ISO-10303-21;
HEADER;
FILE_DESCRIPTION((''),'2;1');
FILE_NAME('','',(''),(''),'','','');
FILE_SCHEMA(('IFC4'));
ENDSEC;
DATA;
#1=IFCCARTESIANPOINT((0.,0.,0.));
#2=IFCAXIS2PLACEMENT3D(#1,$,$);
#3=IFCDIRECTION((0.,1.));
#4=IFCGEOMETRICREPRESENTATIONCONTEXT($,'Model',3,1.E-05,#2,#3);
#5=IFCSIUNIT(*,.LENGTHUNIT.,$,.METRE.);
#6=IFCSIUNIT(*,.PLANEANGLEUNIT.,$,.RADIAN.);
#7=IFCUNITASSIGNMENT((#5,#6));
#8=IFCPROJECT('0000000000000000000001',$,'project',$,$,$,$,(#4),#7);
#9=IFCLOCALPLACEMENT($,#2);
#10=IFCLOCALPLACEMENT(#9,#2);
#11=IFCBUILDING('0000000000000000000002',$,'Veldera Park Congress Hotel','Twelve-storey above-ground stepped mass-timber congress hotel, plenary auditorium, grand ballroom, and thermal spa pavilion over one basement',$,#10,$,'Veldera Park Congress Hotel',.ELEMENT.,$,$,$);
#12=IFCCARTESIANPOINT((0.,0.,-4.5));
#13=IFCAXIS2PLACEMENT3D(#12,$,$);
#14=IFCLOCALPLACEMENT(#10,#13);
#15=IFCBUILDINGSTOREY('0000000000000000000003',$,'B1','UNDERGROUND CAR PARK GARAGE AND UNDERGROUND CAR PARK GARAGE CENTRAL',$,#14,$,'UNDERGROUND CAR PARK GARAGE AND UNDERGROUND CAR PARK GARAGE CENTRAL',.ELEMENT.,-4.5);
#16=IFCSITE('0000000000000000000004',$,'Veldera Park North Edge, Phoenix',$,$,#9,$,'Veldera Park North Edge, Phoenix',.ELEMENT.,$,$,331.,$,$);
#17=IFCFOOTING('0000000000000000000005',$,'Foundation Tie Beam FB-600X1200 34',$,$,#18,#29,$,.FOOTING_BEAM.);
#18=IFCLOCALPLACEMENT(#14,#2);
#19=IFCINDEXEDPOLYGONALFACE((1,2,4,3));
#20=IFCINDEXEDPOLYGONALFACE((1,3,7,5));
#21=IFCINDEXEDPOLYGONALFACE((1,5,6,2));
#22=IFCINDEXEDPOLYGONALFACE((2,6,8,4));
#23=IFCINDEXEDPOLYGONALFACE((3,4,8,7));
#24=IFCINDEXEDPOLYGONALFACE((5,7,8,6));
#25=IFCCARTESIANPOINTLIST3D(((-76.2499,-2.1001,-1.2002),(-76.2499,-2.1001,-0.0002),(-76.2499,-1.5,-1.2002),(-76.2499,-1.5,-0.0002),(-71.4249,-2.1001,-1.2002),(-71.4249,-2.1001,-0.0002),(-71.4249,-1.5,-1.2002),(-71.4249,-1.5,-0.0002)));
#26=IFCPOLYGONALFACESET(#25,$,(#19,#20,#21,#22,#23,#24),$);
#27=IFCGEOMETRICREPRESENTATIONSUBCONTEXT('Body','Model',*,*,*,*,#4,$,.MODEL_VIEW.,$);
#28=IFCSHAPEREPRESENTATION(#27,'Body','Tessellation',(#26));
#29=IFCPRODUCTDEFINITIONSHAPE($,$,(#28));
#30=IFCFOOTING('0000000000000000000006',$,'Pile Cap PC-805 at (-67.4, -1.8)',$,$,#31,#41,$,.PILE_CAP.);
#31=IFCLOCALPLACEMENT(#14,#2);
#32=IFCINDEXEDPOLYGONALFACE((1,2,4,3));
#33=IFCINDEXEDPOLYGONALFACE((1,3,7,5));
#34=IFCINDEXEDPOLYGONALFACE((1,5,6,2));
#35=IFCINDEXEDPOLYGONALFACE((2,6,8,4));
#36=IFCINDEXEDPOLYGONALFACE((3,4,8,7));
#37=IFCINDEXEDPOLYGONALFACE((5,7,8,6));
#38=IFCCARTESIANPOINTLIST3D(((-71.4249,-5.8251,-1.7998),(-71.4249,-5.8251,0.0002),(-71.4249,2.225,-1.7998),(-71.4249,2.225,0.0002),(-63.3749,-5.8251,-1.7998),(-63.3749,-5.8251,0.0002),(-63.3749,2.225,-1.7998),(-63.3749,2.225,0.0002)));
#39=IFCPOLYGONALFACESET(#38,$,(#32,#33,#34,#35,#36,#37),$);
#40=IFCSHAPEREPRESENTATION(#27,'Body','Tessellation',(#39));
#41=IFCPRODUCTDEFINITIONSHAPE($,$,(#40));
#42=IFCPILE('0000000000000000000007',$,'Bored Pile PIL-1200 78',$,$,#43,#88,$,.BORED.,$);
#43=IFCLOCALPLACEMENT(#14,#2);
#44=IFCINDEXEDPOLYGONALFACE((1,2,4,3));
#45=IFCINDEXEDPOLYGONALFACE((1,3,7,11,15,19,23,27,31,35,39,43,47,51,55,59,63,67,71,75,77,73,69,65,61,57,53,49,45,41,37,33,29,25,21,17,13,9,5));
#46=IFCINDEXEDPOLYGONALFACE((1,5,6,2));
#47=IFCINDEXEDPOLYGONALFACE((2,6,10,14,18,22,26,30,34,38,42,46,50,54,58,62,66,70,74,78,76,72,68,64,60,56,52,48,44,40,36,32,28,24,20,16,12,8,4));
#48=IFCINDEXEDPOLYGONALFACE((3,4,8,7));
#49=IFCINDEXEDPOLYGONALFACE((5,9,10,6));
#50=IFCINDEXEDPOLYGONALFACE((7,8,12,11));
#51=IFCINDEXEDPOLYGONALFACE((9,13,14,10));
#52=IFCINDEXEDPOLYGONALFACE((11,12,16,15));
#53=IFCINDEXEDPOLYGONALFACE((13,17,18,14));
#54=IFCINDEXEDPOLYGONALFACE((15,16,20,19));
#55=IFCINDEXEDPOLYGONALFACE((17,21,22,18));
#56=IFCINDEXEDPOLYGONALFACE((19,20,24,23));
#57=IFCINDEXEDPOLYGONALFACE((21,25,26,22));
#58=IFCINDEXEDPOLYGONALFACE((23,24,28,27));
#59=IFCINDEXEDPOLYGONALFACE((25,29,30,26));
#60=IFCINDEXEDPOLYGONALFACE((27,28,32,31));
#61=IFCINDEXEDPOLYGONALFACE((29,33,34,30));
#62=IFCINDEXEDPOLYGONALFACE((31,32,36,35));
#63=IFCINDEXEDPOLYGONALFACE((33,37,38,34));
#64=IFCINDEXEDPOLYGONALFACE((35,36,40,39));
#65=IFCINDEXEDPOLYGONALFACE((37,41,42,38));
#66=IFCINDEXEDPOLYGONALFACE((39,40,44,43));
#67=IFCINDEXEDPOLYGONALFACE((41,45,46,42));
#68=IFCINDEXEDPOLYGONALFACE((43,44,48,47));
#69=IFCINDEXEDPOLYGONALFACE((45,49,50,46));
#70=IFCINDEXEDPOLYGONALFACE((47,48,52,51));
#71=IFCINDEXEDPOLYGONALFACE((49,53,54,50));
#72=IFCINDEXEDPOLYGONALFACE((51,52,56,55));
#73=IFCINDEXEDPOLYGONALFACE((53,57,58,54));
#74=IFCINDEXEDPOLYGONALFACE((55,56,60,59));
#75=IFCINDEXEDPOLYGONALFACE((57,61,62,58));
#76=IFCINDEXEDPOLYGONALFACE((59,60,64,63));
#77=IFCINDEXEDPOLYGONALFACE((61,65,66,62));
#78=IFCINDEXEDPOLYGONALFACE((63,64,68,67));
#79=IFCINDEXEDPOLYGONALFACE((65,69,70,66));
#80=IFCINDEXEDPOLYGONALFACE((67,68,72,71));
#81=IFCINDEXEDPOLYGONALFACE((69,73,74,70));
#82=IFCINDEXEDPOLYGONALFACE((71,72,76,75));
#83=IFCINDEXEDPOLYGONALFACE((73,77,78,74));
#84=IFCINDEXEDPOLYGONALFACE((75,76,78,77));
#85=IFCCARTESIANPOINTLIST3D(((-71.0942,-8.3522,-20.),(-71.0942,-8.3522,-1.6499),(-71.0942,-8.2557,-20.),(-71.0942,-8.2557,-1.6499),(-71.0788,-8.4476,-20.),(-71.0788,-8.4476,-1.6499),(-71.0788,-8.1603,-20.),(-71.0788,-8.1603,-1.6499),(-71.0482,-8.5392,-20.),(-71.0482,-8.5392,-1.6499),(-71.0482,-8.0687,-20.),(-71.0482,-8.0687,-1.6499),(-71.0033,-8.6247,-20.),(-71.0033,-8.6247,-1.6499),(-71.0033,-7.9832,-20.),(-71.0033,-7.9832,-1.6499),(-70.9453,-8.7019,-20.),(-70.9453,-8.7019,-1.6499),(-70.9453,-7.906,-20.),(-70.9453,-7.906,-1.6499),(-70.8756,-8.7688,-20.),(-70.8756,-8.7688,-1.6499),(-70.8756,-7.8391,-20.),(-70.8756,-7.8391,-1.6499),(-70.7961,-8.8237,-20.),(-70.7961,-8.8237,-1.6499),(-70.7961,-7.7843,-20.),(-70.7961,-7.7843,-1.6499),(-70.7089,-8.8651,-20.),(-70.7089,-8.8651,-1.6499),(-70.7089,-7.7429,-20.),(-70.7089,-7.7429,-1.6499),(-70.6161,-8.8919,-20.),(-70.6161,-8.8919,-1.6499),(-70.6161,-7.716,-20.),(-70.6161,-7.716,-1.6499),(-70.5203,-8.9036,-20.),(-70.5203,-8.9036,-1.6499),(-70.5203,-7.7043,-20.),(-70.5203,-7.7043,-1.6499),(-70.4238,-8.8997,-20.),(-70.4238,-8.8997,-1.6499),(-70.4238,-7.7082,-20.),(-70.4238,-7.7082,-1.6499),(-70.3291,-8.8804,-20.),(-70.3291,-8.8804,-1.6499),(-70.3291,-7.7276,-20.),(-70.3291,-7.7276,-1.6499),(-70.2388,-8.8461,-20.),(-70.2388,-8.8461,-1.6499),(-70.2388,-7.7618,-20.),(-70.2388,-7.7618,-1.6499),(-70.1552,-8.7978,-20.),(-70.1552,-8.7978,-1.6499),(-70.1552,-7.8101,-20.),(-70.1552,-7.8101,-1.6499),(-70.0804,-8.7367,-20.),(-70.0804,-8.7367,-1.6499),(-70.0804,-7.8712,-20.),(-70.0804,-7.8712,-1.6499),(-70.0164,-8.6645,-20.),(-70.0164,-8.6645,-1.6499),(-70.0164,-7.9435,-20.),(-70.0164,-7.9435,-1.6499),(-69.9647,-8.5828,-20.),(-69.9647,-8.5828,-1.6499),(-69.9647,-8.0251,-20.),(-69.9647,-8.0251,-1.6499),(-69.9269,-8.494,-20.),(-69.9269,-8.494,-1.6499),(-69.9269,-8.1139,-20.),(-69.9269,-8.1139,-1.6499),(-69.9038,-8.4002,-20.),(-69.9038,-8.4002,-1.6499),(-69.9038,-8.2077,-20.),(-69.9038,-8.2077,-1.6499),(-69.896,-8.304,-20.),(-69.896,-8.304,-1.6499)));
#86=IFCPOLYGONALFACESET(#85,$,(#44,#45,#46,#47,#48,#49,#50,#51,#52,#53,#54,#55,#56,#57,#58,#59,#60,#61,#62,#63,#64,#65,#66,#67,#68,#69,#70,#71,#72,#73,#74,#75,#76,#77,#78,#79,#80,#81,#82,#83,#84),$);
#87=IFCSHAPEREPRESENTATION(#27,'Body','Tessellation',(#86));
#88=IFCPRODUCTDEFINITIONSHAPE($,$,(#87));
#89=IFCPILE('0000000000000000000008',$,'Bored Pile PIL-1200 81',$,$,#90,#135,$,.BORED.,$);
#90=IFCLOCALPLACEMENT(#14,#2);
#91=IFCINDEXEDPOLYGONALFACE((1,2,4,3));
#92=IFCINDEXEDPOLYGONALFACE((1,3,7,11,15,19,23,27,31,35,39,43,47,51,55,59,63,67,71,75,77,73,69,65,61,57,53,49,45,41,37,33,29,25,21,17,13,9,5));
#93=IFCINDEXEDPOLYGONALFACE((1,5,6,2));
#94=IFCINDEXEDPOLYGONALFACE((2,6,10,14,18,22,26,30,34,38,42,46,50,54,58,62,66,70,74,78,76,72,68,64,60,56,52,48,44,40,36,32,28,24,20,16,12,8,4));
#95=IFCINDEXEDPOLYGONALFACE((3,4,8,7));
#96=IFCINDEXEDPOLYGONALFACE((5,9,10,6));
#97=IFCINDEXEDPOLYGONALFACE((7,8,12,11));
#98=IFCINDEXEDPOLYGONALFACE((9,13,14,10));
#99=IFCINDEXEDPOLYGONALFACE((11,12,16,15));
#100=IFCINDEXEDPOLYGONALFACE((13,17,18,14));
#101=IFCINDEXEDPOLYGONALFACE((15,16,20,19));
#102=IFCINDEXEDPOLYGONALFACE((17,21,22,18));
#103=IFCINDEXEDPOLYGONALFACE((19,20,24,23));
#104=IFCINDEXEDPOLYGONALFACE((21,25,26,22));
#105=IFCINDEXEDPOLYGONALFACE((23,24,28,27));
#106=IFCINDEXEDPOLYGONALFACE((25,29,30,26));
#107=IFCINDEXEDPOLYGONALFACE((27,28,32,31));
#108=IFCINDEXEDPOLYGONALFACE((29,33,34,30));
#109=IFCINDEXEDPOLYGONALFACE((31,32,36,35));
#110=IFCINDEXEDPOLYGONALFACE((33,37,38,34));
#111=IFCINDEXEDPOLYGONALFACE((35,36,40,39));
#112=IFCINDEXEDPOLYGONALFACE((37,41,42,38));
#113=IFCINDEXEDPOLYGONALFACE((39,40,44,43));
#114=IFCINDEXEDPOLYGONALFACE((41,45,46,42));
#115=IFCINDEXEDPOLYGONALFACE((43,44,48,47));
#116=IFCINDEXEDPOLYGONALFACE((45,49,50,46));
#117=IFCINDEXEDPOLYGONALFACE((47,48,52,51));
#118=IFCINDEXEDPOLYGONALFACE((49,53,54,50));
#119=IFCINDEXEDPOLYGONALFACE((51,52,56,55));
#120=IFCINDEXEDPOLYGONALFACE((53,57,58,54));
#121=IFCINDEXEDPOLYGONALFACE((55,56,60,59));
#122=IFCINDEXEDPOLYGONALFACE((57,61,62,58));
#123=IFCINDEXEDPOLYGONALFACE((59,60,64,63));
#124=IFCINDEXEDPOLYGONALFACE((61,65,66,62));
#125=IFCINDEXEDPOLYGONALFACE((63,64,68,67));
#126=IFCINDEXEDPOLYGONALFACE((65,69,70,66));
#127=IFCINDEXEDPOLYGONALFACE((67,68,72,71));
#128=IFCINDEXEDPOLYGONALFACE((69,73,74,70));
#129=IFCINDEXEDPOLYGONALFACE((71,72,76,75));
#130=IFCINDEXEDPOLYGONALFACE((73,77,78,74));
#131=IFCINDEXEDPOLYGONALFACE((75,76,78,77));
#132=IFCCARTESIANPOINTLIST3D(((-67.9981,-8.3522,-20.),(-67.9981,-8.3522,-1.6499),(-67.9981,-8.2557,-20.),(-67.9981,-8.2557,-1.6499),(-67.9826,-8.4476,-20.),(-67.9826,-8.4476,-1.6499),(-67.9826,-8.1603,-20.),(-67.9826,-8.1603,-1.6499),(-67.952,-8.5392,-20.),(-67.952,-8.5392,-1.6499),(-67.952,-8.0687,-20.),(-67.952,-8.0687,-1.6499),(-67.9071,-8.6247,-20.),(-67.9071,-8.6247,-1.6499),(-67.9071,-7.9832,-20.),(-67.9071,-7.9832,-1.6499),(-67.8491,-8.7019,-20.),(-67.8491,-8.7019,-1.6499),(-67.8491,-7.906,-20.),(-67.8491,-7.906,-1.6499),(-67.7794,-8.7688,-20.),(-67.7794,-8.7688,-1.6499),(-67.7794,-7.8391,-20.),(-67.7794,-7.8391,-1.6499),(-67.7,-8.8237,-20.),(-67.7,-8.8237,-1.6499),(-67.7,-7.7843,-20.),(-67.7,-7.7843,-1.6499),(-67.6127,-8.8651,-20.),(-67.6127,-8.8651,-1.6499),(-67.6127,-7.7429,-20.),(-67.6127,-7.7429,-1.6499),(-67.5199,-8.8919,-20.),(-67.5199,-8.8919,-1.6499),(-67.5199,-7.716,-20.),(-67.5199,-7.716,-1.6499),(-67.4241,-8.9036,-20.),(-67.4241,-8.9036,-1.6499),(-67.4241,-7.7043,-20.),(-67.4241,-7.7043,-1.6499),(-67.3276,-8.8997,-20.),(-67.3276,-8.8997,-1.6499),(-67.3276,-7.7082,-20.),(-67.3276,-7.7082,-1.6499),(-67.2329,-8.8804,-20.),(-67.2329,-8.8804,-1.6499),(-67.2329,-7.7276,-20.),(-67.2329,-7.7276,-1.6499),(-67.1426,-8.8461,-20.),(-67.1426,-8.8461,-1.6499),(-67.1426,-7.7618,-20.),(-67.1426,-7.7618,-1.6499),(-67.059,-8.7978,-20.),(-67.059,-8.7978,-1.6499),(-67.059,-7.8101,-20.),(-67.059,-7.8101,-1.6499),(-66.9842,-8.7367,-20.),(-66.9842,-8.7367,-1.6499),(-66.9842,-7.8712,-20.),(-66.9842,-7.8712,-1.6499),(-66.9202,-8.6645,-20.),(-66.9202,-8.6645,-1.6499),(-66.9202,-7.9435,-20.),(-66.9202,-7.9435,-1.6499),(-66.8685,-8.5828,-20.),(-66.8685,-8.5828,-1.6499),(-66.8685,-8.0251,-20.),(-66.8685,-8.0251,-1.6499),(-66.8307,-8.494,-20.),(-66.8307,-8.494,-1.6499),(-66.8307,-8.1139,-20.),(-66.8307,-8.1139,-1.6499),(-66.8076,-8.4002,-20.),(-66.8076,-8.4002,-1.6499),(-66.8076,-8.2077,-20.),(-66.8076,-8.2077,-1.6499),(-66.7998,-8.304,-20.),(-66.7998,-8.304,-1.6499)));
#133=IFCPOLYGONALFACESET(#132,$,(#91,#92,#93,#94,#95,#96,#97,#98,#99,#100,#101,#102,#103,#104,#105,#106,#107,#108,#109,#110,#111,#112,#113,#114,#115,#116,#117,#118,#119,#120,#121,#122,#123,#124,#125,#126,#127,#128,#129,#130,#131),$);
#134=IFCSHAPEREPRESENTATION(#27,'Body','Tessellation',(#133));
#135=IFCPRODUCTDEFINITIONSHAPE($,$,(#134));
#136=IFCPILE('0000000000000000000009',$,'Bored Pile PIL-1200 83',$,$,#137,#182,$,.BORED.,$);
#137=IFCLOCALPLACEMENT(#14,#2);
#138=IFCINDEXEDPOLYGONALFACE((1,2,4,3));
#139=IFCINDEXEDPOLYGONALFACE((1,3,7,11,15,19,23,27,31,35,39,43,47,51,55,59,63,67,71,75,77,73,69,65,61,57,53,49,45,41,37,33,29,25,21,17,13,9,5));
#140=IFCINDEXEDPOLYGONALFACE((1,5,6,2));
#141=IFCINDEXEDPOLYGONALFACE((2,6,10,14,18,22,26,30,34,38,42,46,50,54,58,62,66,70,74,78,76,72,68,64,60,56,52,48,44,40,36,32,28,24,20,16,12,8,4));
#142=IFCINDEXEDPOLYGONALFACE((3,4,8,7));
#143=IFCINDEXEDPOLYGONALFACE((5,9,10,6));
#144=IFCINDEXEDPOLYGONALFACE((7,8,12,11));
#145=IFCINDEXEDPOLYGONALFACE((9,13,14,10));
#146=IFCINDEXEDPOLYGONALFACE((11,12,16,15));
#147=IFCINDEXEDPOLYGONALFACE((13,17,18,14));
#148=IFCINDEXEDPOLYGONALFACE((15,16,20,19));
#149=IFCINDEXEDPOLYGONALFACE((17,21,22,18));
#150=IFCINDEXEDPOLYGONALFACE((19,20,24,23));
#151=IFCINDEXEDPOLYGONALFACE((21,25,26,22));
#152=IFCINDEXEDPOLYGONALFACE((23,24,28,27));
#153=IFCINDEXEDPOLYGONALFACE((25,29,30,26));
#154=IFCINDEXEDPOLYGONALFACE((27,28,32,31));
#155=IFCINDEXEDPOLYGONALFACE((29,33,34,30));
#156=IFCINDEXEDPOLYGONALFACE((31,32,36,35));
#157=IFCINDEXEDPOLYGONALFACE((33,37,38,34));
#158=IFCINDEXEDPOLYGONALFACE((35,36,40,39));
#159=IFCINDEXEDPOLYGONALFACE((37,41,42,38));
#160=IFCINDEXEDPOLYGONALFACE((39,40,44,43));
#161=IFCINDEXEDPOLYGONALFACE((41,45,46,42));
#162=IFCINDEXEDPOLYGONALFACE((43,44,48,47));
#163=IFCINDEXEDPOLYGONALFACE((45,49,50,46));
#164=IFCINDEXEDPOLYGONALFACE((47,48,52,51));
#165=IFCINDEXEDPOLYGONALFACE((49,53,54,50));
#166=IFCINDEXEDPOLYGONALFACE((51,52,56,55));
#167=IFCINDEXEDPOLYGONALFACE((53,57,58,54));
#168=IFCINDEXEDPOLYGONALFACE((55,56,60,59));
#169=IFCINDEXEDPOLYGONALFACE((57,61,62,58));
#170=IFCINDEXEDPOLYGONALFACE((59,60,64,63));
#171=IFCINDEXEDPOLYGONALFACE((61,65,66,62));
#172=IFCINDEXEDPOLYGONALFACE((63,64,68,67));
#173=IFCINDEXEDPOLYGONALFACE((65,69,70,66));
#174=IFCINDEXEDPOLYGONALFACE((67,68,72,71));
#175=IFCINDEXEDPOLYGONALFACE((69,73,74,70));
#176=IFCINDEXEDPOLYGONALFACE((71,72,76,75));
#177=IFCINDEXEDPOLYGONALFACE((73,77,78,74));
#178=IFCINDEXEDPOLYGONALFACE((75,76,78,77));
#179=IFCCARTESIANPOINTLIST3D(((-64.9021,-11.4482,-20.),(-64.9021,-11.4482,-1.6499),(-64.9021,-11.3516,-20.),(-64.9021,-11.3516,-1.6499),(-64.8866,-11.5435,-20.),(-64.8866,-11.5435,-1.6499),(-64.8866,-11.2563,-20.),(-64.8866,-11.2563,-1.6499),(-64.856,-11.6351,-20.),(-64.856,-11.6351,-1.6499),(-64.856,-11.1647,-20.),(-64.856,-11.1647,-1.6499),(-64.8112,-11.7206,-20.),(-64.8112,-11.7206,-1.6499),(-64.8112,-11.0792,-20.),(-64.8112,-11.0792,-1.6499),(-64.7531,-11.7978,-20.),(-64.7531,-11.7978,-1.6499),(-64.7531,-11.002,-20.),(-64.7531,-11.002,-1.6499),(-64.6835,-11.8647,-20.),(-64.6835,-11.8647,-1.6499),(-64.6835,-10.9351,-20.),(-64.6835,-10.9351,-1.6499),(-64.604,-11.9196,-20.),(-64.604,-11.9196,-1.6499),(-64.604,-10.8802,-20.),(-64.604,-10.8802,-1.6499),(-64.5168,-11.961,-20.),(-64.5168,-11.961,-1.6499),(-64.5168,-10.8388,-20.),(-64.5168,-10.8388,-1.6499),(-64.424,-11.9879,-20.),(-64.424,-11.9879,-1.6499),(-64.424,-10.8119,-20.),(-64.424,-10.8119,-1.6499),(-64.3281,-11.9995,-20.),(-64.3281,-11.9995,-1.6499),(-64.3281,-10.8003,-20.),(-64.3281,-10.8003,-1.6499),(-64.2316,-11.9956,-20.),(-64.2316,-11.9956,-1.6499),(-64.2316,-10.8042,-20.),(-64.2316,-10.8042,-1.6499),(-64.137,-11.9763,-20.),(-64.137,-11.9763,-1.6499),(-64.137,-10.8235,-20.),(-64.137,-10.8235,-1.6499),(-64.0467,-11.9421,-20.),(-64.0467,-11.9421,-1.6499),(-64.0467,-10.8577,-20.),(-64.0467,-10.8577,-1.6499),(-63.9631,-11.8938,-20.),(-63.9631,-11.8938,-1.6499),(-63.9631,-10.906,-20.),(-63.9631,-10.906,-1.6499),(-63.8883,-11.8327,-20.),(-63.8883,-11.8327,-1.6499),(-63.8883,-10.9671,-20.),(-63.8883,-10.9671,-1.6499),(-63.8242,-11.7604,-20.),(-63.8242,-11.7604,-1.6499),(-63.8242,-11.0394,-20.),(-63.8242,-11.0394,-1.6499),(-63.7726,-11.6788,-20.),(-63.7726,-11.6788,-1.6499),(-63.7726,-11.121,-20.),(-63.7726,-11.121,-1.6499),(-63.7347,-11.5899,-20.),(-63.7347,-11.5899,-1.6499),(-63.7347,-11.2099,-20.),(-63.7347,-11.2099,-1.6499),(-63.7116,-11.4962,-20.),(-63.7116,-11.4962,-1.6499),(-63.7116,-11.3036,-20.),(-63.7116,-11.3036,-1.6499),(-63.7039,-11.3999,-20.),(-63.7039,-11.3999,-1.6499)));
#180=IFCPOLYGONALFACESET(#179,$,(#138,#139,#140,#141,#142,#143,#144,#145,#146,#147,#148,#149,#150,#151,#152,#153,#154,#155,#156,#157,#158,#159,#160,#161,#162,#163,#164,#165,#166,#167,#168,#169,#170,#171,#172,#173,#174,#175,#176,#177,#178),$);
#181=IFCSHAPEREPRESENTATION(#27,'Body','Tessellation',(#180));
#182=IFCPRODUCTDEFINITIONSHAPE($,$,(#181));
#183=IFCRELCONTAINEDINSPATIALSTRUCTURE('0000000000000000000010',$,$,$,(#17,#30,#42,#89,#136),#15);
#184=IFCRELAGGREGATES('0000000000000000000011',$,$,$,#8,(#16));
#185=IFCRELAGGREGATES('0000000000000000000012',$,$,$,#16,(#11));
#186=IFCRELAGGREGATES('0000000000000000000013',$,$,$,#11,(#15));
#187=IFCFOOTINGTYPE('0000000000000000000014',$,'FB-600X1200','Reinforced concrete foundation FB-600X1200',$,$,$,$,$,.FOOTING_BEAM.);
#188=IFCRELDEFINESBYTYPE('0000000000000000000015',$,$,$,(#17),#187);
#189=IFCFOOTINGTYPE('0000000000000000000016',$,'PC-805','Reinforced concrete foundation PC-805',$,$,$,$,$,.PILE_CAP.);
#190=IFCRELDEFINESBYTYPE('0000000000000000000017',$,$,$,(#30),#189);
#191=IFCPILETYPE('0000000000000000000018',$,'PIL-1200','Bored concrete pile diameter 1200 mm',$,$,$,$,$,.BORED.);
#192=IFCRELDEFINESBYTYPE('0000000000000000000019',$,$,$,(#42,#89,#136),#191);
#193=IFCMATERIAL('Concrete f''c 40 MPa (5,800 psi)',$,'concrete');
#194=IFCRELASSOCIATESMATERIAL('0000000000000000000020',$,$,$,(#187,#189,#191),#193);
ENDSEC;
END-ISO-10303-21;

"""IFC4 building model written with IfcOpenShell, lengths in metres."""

from ifc_helpers import new_model, si_unit, direction, frame, origin, origin_2d, place, context, subcontext, project, spatial, rectangle, circle, extrude, material, material_profile, profile_set, type_object, element, save


model = new_model("IFC4")

# Units and contexts
model_context = context("Model", 3, precision=1e-05, world=origin(), true_north=direction((0.0, 1.0)))
body_context = subcontext(model_context, "Body", "Model", "MODEL_VIEW")
ifc_project = project(units=[si_unit("LENGTHUNIT", "METRE"), si_unit("PLANEANGLEUNIT", "RADIAN")], contexts=[model_context])

# Site, building, storey
site_placement = place(None, origin())
site = spatial("IfcSite", under=ifc_project, at=site_placement, Name="Veldera Park North Edge, Phoenix", LongName="Veldera Park North Edge, Phoenix", CompositionType="ELEMENT", RefElevation=331.0)
building_placement = place(site_placement, origin())
building = spatial("IfcBuilding", under=site, at=building_placement, Name="Veldera Park Congress Hotel", Description="Twelve-storey above-ground stepped mass-timber congress hotel, plenary auditorium, grand ballroom, and thermal spa pavilion over one basement", LongName="Veldera Park Congress Hotel", CompositionType="ELEMENT")
storey_placement = place(building_placement, frame((0.0, 0.0, -4.5)))
storey = spatial("IfcBuildingStorey", under=building, at=storey_placement, Name="B1", Description="UNDERGROUND CAR PARK GARAGE AND UNDERGROUND CAR PARK GARAGE CENTRAL", LongName="UNDERGROUND CAR PARK GARAGE AND UNDERGROUND CAR PARK GARAGE CENTRAL", CompositionType="ELEMENT", Elevation=-4.5)

# Footings
ifc_material_1 = material(Name="Concrete f'c 40 MPa (5,800 psi)", Category="concrete")
footing_type_1 = type_object("IfcFootingType", Name="FB-600X1200", Description="Reinforced concrete foundation FB-600X1200", PredefinedType="FOOTING_BEAM", material=ifc_material_1)
footing_1_placement = place(storey_placement, frame((-73.8374, -1.8, -1.2002), z_axis=(0.0, 0.0, 1.0), x_axis=(1.0, 0.0, 0.0)))
element("IfcFooting", 1, at=footing_1_placement, inside=storey, type_object=footing_type_1, Name="Foundation Tie Beam FB-600X1200 34", PredefinedType="FOOTING_BEAM", context=body_context, shape_type="SweptSolid", body=[
    extrude(rectangle(XDim=4.825, YDim=0.6001, at=origin_2d()), origin(), (0.0, 0.0, 1.0), 1.2),
])
footing_type_2 = type_object("IfcFootingType", Name="PC-805", Description="Reinforced concrete foundation PC-805", PredefinedType="PILE_CAP", material=ifc_material_1)
footing_2_placement = place(storey_placement, frame((-67.3999, -1.8, -1.7998), z_axis=(0.0, 0.0, 1.0), x_axis=(1.0, 0.0, 0.0)))
element("IfcFooting", 2, at=footing_2_placement, inside=storey, type_object=footing_type_2, Name="Pile Cap PC-805 at (-67.4, -1.8)", PredefinedType="PILE_CAP", context=body_context, shape_type="SweptSolid", body=[
    extrude(rectangle(XDim=8.05, YDim=8.05, at=origin_2d()), origin(), (0.0, 0.0, 1.0), 1.8),
])

# Piles
ifc_material_profile_1 = material_profile(ifc_material_1, circle(Radius=0.6001, at=origin_2d()), Name="PILE D1200")
ifc_profile_set_1 = profile_set([ifc_material_profile_1], Name="Concrete f'c 40 MPa (5,800 psi)")
pile_type = type_object("IfcPileType", Name="PIL-1200", Description="Bored concrete pile diameter 1200 mm", PredefinedType="BORED", material=ifc_profile_set_1)
for number, where, z_axis, x_axis, name in (
    (3, (-70.4961, -8.304, -1.6499), (0.0, 0.0, -1.0), (1.0, 0.0, 0.0), "Bored Pile PIL-1200 78"),
    (4, (-67.3999, -8.304, -1.6499), (0.0, 0.0, -1.0), (1.0, 0.0, 0.0), "Bored Pile PIL-1200 81"),
    (5, (-64.304, -11.3999, -1.6499), (0.0, 0.0, -1.0), (1.0, 0.0, 0.0), "Bored Pile PIL-1200 83"),
):
    element("IfcPile", number, at=place(storey_placement, frame(where, z_axis=z_axis, x_axis=x_axis)), inside=storey, type_object=pile_type, Name=name, PredefinedType="BORED", context=body_context, shape_type="SweptSolid", body=[
        extrude(circle(Radius=0.6001, at=origin_2d()), origin(), (0.0, 0.0, 1.0), 18.3501),
    ])

save(model, "model.ifc")
